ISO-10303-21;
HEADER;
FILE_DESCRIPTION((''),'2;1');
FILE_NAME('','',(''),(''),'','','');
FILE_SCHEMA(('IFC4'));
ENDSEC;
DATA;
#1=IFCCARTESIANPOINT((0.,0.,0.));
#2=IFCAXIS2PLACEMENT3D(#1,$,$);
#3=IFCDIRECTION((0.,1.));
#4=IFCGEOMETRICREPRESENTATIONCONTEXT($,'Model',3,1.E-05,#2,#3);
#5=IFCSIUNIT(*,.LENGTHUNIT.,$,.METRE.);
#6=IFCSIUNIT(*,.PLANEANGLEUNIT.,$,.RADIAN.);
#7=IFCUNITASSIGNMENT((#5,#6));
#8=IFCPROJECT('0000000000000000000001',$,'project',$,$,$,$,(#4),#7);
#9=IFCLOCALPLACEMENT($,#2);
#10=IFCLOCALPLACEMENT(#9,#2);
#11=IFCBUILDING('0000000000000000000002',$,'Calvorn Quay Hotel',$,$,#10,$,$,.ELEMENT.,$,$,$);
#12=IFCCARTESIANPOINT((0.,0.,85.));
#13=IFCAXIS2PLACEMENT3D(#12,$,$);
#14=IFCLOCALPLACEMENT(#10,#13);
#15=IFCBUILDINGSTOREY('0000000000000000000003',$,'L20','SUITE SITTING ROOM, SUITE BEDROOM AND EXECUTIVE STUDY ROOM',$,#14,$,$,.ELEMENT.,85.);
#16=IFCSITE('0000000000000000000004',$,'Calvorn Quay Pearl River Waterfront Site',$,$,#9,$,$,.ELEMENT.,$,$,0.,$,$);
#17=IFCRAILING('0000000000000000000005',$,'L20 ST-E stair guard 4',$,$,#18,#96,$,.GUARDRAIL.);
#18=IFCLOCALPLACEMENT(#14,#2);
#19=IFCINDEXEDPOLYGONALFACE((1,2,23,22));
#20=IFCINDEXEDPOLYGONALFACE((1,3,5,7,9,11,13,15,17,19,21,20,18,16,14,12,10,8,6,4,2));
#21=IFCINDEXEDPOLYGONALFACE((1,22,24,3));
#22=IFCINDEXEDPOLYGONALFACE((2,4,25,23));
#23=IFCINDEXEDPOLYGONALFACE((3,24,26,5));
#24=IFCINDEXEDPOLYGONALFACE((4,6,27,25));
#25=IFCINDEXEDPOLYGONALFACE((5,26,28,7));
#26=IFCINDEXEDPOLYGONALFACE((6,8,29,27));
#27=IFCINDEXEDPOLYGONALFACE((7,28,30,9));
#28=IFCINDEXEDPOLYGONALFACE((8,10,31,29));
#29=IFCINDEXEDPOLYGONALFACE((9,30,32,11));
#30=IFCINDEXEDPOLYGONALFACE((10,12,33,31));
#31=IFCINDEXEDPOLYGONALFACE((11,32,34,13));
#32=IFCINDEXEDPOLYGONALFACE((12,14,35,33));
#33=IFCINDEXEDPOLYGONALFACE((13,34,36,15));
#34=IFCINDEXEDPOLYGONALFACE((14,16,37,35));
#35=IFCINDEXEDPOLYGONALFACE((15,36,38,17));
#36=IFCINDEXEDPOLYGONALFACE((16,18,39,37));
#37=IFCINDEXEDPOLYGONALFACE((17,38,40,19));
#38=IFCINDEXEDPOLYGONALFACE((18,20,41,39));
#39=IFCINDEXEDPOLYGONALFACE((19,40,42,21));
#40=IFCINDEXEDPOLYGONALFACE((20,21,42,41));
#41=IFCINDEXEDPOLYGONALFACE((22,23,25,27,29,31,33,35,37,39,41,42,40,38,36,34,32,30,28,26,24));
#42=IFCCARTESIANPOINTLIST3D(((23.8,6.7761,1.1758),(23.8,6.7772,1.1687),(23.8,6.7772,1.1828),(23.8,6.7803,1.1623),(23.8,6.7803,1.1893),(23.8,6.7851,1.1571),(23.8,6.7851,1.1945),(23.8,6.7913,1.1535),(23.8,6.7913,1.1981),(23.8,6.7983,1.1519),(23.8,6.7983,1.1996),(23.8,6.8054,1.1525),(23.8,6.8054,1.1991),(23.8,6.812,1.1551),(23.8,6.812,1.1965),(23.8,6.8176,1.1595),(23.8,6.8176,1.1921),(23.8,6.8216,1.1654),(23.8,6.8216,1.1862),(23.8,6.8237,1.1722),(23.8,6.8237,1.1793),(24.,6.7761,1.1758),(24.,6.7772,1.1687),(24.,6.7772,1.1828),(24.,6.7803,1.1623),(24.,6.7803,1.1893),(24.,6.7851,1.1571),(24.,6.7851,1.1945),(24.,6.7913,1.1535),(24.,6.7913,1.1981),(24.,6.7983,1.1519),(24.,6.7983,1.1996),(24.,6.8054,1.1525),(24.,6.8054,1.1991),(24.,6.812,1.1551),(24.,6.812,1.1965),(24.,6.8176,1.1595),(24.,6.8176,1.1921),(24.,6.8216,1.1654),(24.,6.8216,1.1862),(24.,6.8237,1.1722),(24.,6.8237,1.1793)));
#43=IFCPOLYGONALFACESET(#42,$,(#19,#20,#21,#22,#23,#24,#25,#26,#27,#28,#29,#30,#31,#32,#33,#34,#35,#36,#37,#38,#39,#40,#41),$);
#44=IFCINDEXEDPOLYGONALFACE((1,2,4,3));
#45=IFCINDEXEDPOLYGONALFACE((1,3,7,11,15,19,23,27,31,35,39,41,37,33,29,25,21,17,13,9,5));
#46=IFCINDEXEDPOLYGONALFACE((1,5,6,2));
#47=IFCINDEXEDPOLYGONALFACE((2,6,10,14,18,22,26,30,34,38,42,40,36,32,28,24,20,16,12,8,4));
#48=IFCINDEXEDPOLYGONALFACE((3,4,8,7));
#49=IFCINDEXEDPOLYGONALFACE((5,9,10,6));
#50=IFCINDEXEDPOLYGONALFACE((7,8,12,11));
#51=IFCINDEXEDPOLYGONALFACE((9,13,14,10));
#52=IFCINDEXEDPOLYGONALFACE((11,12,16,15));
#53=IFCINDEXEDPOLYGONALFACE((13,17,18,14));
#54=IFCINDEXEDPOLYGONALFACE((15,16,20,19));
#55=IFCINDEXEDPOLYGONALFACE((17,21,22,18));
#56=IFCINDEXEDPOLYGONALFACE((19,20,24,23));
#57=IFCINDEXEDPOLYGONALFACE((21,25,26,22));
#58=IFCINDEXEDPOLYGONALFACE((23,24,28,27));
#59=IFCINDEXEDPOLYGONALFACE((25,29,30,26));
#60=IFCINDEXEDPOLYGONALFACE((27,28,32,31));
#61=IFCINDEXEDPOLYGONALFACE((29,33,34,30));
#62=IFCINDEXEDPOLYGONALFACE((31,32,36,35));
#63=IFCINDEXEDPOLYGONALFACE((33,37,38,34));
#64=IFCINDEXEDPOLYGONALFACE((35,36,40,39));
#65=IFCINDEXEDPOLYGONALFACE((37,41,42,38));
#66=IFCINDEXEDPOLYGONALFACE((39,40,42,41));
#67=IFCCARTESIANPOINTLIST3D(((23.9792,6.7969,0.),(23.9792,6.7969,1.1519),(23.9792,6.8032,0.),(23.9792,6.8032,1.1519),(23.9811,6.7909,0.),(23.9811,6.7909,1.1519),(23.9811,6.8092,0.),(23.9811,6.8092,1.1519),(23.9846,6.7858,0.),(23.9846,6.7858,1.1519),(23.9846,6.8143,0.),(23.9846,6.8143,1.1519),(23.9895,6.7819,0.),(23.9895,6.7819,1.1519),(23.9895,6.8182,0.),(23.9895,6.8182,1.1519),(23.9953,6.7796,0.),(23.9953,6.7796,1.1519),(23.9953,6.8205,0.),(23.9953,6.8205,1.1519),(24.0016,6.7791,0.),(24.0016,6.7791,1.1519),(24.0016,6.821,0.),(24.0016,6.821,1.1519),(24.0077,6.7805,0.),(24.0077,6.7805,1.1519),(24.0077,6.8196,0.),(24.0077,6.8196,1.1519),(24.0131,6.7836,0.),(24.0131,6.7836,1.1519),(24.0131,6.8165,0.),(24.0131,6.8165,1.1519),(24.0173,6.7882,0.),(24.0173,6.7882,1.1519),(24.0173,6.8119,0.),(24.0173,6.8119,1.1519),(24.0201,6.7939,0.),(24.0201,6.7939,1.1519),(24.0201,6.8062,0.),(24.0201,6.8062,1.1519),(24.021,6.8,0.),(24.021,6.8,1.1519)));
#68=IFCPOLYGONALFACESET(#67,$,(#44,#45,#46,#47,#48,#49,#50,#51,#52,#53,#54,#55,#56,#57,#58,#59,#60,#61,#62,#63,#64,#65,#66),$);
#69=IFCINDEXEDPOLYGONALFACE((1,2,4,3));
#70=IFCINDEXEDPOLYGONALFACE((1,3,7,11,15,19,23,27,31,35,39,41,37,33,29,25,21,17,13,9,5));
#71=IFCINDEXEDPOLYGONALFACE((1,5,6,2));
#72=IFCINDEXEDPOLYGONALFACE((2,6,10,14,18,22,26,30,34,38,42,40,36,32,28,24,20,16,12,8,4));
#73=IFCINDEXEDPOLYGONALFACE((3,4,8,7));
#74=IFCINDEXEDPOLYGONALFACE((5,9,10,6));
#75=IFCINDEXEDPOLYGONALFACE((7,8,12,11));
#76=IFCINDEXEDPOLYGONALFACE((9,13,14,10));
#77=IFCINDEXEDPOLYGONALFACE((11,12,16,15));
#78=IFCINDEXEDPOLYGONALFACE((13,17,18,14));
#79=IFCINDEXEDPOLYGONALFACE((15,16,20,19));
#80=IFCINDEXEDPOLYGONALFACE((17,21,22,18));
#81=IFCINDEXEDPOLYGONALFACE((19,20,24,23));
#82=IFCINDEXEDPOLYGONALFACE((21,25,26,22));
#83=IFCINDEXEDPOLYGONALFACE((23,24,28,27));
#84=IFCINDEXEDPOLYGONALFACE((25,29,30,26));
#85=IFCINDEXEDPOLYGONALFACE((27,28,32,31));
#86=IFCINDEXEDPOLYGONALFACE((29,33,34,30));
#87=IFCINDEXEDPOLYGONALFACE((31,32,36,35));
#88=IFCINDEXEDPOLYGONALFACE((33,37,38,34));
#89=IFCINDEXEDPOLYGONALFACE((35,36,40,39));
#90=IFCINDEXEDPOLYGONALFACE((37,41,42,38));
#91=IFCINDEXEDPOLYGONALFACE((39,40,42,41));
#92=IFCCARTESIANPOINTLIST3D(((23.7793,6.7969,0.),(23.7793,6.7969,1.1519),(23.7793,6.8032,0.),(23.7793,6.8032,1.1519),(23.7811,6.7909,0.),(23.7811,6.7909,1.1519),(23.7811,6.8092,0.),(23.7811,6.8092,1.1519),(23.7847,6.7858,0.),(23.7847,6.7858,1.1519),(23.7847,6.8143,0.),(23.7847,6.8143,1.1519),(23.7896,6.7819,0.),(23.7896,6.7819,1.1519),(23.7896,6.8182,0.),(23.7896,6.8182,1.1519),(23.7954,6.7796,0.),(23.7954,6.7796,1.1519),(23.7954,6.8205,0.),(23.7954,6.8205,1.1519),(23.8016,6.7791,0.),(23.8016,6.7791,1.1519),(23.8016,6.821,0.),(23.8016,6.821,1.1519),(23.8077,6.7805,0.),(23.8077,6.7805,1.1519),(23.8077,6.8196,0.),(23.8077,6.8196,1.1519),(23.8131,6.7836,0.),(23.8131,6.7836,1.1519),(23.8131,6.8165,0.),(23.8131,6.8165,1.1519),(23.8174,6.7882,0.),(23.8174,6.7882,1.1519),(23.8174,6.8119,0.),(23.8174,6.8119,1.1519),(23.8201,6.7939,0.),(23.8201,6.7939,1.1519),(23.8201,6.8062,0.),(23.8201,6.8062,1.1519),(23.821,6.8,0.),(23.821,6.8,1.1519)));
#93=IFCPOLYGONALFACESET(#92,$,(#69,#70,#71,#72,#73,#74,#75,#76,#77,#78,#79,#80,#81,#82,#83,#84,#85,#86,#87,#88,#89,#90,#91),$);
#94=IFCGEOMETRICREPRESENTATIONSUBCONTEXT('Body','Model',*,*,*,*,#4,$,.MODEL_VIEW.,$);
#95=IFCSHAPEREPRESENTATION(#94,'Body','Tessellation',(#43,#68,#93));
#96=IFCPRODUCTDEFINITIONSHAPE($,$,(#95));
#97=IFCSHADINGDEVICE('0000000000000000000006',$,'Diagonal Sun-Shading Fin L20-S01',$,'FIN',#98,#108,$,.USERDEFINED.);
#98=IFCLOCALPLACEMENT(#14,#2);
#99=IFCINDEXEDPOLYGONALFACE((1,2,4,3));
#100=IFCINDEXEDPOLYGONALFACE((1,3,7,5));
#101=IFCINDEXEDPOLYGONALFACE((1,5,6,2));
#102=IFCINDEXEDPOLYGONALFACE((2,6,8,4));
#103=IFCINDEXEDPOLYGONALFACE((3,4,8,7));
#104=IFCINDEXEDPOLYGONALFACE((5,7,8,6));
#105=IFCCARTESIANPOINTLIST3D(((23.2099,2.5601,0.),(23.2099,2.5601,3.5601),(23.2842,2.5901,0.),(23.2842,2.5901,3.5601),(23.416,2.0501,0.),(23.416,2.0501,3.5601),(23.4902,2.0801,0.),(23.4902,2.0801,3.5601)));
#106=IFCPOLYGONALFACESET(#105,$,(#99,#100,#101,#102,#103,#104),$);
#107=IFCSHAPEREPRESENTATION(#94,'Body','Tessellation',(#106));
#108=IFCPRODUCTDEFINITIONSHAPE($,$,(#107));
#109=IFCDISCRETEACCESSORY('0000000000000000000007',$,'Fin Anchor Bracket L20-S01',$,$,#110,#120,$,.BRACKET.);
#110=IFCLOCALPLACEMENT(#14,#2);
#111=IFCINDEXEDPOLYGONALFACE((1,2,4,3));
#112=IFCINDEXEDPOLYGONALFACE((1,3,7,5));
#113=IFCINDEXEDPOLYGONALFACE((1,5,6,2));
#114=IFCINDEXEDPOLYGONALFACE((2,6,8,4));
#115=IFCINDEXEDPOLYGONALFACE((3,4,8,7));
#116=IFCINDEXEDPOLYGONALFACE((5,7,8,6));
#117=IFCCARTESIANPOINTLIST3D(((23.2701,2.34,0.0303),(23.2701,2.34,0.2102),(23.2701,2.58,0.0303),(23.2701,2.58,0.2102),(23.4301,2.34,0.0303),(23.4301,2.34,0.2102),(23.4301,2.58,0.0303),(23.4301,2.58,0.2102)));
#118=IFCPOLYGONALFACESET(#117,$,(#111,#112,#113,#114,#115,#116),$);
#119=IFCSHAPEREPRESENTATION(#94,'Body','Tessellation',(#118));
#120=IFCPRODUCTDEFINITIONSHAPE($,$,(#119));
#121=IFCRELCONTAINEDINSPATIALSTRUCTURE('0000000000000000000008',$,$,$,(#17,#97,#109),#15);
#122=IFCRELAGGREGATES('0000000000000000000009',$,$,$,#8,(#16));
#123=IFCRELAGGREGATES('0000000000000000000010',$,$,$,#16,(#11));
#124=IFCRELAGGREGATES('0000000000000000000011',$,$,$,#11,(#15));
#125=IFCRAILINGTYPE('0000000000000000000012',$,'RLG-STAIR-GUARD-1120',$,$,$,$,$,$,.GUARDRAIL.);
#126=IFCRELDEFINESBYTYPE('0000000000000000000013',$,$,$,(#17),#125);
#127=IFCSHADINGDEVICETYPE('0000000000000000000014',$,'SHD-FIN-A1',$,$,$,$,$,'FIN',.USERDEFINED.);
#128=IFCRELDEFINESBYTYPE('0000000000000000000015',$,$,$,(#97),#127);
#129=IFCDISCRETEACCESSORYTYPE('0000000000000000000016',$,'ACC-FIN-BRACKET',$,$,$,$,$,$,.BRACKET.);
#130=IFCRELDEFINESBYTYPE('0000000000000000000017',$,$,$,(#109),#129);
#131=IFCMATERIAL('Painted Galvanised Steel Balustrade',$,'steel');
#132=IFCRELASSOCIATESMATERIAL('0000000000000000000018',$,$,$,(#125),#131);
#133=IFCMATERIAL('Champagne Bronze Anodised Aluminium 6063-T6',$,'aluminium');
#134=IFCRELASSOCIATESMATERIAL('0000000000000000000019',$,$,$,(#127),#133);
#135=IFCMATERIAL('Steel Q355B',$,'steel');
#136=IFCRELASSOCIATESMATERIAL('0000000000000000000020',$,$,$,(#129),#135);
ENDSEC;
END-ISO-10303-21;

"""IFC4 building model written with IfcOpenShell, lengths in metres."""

from ifc_helpers import new_model, si_unit, direction, frame, origin, origin_2d, place, context, subcontext, project, spatial, rectangle, circle, extrude, material, type_object, element, save


model = new_model("IFC4")

# Units and contexts
model_context = context("Model", 3, precision=1e-05, world=origin(), true_north=direction((0.0, 1.0)))
body_context = subcontext(model_context, "Body", "Model", "MODEL_VIEW")
ifc_project = project(units=[si_unit("LENGTHUNIT", "METRE"), si_unit("PLANEANGLEUNIT", "RADIAN")], contexts=[model_context])

# Site, building, storey
site_placement = place(None, origin())
site = spatial("IfcSite", under=ifc_project, at=site_placement, Name="Calvorn Quay Pearl River Waterfront Site", CompositionType="ELEMENT", RefElevation=0.0)
building_placement = place(site_placement, origin())
building = spatial("IfcBuilding", under=site, at=building_placement, Name="Calvorn Quay Hotel", CompositionType="ELEMENT")
storey_placement = place(building_placement, frame((0.0, 0.0, 85.0)))
storey = spatial("IfcBuildingStorey", under=building, at=storey_placement, Name="L20", Description="SUITE SITTING ROOM, SUITE BEDROOM AND EXECUTIVE STUDY ROOM", CompositionType="ELEMENT", Elevation=85.0)

# Railing
ifc_material_1 = material(Name="Painted Galvanised Steel Balustrade", Category="steel")
railing_type_1 = type_object("IfcRailingType", Name="RLG-STAIR-GUARD-1120", PredefinedType="GUARDRAIL", material=ifc_material_1)
railing_1_placement = place(storey_placement, frame((24.0, 6.8, 0.0)))
element("IfcRailing", 1, at=railing_1_placement, inside=storey, type_object=railing_type_1, Name="L20 ST-E stair guard 4", PredefinedType="GUARDRAIL", context=body_context, shape_type="SweptSolid", body=[
    extrude(circle(Radius=0.0239, at=origin_2d()), frame((0.0, 0.0, 1.1758), z_axis=(-1.0, 0.0, 0.0), x_axis=(0.0, -1.0, 0.0)), (0.0, 0.0, 1.0), 0.2),
    extrude(circle(Radius=0.021, at=origin_2d()), origin(), (0.0, 0.0, 1.0), 1.1519),
    extrude(circle(Radius=0.021, at=origin_2d()), frame((-0.2, 0.0, 0.0)), (0.0, 0.0, 1.0), 1.1519),
])

# Shading device
ifc_material_2 = material(Name="Champagne Bronze Anodised Aluminium 6063-T6", Category="aluminium")
shading_device_type = type_object("IfcShadingDeviceType", Name="SHD-FIN-A1", ElementType="FIN", PredefinedType="USERDEFINED", material=ifc_material_2)
shading_device_placement = place(storey_placement, frame((23.3501, 2.3201, 0.0), z_axis=(0.0, 0.0, 1.0), x_axis=(-0.374607, 0.927184, 0.0)))
element("IfcShadingDevice", 2, at=shading_device_placement, inside=storey, type_object=shading_device_type, Name="Diagonal Sun-Shading Fin L20-S01", ObjectType="FIN", PredefinedType="USERDEFINED", context=body_context, shape_type="SweptSolid", body=[
    extrude(rectangle(XDim=0.55, YDim=0.0801, at=origin_2d()), origin(), (0.0, 0.0, 1.0), 3.5601),
])

# Discrete accessory
ifc_material_3 = material(Name="Steel Q355B", Category="steel")
discrete_accessory_type = type_object("IfcDiscreteAccessoryType", Name="ACC-FIN-BRACKET", PredefinedType="BRACKET", material=ifc_material_3)
discrete_accessory_placement = place(storey_placement, frame((23.3501, 2.46, 0.0303), z_axis=(0.0, 0.0, 1.0), x_axis=(0.0, 1.0, 0.0)))
element("IfcDiscreteAccessory", 3, at=discrete_accessory_placement, inside=storey, type_object=discrete_accessory_type, Name="Fin Anchor Bracket L20-S01", PredefinedType="BRACKET", context=body_context, shape_type="SweptSolid", body=[
    extrude(rectangle(XDim=0.24, YDim=0.1599, at=origin_2d()), origin(), (0.0, 0.0, 1.0), 0.1799),
])

save(model, "model.ifc")
